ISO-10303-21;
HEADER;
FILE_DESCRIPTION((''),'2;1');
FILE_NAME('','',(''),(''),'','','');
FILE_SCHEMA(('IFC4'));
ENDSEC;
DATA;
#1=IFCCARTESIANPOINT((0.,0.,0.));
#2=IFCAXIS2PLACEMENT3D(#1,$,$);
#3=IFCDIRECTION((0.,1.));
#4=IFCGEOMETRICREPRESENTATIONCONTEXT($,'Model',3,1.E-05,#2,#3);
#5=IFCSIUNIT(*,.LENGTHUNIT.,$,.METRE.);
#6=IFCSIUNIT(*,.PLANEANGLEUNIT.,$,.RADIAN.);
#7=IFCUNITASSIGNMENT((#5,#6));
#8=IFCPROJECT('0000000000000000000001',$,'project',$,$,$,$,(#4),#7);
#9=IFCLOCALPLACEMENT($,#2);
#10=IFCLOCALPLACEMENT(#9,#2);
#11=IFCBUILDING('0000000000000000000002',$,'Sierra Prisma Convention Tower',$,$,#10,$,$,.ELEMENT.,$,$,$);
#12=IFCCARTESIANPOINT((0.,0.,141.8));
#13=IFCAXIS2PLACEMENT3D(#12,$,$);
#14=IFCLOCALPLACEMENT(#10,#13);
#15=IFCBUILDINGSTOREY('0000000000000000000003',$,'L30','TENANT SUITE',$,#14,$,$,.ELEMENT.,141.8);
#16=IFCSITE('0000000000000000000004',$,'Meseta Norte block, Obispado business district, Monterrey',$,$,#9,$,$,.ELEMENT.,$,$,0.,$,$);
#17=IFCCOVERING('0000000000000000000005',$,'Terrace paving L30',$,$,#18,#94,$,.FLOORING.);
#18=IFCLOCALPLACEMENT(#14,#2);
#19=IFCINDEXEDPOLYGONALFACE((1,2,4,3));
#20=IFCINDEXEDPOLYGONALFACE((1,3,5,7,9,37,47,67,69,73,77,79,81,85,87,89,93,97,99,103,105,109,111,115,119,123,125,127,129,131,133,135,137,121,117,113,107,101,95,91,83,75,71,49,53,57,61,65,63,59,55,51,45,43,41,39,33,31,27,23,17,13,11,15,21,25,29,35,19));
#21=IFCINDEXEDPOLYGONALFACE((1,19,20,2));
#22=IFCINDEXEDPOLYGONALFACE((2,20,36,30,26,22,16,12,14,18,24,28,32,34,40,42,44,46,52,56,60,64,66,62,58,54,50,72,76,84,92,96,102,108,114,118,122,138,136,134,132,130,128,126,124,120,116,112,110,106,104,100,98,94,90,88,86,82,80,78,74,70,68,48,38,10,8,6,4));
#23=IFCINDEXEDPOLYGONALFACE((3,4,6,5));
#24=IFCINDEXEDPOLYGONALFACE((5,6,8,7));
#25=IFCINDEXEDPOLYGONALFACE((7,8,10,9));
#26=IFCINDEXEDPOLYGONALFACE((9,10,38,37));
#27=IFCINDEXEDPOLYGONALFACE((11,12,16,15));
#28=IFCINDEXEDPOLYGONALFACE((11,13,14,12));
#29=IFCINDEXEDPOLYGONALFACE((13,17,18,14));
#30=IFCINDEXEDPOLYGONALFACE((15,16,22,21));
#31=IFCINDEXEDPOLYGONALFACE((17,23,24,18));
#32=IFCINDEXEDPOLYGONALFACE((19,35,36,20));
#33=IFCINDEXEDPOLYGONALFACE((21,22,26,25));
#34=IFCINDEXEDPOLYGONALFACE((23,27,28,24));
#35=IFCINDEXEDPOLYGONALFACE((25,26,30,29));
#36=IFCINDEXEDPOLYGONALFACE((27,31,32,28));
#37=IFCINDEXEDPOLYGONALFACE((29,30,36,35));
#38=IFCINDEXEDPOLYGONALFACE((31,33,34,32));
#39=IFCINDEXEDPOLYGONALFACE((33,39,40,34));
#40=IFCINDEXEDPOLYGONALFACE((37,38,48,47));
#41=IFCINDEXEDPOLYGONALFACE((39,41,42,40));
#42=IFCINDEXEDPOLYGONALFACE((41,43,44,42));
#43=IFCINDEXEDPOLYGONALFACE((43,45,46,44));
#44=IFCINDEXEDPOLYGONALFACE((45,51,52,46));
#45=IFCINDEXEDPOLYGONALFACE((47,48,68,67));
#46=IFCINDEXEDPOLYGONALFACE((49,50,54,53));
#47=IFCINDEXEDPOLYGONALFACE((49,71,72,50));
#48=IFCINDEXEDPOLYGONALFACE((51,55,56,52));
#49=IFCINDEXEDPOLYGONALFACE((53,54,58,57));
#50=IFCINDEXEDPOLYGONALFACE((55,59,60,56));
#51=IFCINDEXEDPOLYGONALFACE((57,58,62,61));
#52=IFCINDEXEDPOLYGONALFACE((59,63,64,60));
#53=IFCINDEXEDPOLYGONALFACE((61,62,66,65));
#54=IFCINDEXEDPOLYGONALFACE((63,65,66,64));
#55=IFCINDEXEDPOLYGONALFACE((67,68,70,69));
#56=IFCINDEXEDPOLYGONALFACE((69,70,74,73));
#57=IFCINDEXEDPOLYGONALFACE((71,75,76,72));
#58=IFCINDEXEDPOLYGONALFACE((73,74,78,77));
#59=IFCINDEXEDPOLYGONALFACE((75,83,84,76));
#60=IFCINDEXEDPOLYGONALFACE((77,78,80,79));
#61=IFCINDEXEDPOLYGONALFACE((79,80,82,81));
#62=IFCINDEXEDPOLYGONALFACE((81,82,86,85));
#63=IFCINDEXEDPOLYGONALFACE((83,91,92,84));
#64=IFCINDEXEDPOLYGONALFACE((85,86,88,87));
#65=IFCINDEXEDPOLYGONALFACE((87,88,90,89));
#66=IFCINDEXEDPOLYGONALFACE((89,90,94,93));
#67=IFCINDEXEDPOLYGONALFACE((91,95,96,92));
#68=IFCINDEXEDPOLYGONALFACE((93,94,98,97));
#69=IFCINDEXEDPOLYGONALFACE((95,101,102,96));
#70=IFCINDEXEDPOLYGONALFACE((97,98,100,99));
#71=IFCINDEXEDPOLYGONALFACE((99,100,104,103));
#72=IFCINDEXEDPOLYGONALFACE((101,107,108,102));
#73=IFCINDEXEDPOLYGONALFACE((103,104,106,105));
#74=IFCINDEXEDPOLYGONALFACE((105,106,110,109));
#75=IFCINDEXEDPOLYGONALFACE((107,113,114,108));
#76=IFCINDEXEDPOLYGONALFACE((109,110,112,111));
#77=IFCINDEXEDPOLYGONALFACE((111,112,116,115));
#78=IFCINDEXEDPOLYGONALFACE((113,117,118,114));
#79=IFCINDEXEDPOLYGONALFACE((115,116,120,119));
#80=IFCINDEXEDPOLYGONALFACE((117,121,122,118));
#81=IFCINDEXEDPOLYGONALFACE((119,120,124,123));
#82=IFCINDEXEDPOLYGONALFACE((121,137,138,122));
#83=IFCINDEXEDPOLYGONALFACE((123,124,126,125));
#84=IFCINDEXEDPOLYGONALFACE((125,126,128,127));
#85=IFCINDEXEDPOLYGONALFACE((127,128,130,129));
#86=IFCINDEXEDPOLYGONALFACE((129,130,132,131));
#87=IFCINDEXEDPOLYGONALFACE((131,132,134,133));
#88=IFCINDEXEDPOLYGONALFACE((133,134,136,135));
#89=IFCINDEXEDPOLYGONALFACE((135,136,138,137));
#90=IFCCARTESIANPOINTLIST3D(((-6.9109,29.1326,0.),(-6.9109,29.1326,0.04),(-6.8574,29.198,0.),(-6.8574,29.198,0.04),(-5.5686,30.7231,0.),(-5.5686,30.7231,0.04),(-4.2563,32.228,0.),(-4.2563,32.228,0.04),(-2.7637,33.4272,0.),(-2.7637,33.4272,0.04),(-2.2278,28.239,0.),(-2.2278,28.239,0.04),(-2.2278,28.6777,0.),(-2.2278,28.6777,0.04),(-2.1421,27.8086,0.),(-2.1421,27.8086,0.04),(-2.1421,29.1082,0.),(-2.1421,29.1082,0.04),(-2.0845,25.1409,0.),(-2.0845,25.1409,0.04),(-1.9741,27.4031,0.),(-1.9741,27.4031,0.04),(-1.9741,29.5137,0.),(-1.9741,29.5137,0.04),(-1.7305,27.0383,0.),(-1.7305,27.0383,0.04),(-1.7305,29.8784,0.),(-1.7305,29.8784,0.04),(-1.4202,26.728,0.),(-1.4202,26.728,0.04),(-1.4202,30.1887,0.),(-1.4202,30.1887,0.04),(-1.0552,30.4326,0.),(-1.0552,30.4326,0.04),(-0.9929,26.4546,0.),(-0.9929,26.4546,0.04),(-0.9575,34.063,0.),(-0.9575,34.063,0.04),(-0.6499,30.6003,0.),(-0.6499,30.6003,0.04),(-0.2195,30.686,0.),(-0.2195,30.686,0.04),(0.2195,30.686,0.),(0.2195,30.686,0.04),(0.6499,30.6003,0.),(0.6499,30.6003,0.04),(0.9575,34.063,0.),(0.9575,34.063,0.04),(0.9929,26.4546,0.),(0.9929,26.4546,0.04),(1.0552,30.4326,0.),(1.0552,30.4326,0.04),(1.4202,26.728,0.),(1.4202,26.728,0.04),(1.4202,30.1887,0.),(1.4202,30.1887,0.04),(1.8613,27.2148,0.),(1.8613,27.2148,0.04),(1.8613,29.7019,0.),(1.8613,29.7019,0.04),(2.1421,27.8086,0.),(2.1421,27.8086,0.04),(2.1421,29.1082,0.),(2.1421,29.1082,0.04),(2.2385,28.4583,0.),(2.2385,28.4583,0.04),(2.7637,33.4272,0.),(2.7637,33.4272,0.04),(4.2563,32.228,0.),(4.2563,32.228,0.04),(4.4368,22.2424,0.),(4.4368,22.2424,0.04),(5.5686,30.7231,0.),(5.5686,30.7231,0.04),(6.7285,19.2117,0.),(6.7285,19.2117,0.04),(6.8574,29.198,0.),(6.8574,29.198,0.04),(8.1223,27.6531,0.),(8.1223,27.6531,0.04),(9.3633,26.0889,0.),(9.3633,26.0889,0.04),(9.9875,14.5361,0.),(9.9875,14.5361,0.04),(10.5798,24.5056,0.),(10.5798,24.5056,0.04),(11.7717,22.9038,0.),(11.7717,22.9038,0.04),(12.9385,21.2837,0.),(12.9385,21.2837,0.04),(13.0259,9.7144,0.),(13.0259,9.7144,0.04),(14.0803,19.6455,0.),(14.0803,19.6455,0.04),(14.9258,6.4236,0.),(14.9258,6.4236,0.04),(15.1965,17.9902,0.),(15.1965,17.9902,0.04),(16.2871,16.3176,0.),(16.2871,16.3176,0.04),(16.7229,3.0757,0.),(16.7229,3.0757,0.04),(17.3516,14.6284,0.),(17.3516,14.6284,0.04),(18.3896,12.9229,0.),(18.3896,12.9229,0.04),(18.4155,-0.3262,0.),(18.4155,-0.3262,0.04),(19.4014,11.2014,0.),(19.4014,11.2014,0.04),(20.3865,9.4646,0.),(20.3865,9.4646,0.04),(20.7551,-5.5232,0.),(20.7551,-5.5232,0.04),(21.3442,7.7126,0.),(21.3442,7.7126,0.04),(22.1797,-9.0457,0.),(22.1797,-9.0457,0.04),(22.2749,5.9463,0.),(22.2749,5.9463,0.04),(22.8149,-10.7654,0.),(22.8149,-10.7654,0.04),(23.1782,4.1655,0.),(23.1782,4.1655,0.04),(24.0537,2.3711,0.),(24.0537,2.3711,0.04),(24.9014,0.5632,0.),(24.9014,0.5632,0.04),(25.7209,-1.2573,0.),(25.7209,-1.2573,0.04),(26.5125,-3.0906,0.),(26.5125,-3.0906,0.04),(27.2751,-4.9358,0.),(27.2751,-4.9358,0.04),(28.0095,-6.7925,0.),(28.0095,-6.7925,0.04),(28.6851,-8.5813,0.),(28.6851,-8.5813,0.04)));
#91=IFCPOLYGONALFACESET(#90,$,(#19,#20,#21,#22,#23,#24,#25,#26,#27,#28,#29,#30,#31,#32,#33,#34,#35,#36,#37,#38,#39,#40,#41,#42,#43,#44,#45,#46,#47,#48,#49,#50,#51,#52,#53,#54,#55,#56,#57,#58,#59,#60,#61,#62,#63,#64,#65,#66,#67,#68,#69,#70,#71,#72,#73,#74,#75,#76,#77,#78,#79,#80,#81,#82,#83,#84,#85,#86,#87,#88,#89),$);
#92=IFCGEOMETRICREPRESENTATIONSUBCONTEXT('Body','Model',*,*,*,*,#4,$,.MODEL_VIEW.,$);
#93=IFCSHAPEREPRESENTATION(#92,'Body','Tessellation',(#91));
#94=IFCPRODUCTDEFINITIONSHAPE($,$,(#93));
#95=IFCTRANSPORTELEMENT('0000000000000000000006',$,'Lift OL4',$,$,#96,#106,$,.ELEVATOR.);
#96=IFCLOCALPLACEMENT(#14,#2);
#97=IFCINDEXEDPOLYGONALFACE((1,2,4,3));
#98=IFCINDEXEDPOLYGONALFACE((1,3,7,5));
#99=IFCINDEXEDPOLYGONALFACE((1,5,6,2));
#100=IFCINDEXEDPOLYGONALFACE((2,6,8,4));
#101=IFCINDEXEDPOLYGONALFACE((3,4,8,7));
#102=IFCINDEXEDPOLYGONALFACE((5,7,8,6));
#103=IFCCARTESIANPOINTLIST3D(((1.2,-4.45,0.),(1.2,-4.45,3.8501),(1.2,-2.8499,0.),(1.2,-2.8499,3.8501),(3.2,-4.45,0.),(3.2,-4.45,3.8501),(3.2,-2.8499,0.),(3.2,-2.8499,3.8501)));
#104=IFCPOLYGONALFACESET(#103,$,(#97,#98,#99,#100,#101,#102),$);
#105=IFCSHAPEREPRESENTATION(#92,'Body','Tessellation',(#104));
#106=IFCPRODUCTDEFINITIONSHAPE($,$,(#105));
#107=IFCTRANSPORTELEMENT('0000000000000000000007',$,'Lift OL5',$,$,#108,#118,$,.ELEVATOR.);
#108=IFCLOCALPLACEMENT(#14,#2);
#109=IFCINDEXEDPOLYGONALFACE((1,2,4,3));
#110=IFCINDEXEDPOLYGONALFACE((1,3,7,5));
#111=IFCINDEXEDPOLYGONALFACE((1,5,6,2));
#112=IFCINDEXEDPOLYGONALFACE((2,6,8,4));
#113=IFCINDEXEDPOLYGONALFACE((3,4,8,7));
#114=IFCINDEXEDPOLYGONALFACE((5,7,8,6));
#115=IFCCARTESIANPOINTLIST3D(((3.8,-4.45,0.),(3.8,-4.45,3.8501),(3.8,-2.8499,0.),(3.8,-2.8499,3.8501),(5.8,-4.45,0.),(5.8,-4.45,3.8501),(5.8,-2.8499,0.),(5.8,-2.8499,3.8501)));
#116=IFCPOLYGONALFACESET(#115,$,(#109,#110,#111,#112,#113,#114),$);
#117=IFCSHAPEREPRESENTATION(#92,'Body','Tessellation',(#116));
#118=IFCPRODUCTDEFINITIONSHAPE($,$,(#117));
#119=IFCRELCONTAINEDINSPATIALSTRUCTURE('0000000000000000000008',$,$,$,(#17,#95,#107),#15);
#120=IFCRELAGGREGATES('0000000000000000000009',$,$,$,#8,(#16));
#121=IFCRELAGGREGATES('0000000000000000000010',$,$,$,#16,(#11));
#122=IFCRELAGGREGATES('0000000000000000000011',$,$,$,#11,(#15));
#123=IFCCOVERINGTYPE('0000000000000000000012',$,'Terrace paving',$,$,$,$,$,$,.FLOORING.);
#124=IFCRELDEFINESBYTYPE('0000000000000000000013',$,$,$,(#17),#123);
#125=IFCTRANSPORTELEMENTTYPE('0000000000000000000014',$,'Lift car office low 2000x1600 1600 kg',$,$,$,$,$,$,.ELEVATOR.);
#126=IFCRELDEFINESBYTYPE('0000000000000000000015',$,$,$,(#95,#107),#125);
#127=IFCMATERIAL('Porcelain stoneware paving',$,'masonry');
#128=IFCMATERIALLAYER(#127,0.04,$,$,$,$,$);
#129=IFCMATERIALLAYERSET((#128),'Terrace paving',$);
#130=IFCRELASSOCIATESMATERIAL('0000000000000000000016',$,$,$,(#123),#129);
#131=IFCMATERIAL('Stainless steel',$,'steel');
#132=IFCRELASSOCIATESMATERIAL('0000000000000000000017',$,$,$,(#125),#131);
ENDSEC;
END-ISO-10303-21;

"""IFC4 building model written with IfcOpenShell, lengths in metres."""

from ifc_helpers import new_model, si_unit, direction, frame, origin, origin_2d, place, context, subcontext, project, spatial, polyline, rectangle, outline, extrude, material, layer, layer_set, type_object, element, save


model = new_model("IFC4")

# Units and contexts
model_context = context("Model", 3, precision=1e-05, world=origin(), true_north=direction((0.0, 1.0)))
body_context = subcontext(model_context, "Body", "Model", "MODEL_VIEW")
ifc_project = project(units=[si_unit("LENGTHUNIT", "METRE"), si_unit("PLANEANGLEUNIT", "RADIAN")], contexts=[model_context])

# Site, building, storey
site_placement = place(None, origin())
site = spatial("IfcSite", under=ifc_project, at=site_placement, Name="Meseta Norte block, Obispado business district, Monterrey", CompositionType="ELEMENT", RefElevation=0.0)
building_placement = place(site_placement, origin())
building = spatial("IfcBuilding", under=site, at=building_placement, Name="Sierra Prisma Convention Tower", CompositionType="ELEMENT")
storey_placement = place(building_placement, frame((0.0, 0.0, 141.8)))
storey = spatial("IfcBuildingStorey", under=building, at=storey_placement, Name="L30", Description="TENANT SUITE", CompositionType="ELEMENT", Elevation=141.8)

# Covering
ifc_material_1 = material(Name="Porcelain stoneware paving", Category="masonry")
ifc_layer_1 = layer(ifc_material_1, 0.04)
ifc_layer_set_1 = layer_set([ifc_layer_1], Name="Terrace paving")
covering_type_1 = type_object("IfcCoveringType", Name="Terrace paving", PredefinedType="FLOORING", material=ifc_layer_set_1)
covering_1_placement = place(storey_placement, origin())
element("IfcCovering", 1, at=covering_1_placement, inside=storey, type_object=covering_type_1, Name="Terrace paving L30", PredefinedType="FLOORING", context=body_context, shape_type="SweptSolid", body=[
    extrude(outline(polyline([(28.6851, -8.5813), (28.0095, -6.7925), (27.2751, -4.9358), (26.5125, -3.0906), (25.7209, -1.2573), (24.9014, 0.5632), (24.0537, 2.3711), (23.1782, 4.1655), (22.2749, 5.9463), (21.3442, 7.7126), (20.3865, 9.4646), (19.4014, 11.2014), (18.3896, 12.9229), (17.3516, 14.6284), (16.2871, 16.3176), (15.1965, 17.9902), (14.0803, 19.6455), (12.9385, 21.2837), (11.7717, 22.9038), (10.5798, 24.5056), (9.3633, 26.0889), (8.1223, 27.6531), (6.8574, 29.198), (5.5686, 30.7231), (4.2563, 32.228), (2.7637, 33.4272), (0.9575, 34.063), (-0.9575, 34.063), (-2.7637, 33.4272), (-4.2563, 32.228), (-5.5686, 30.7231), (-6.8574, 29.198), (-6.9109, 29.1326), (-2.0845, 25.1409), (-0.9929, 26.4546), (-1.4202, 26.728), (-1.7305, 27.0383), (-1.9741, 27.4031), (-2.1421, 27.8086), (-2.2278, 28.239), (-2.2278, 28.6777), (-2.1421, 29.1082), (-1.9741, 29.5137), (-1.7305, 29.8784), (-1.4202, 30.1887), (-1.0552, 30.4326), (-0.6499, 30.6003), (-0.2195, 30.686), (0.2195, 30.686), (0.6499, 30.6003), (1.0552, 30.4326), (1.4202, 30.1887), (1.8613, 29.7019), (2.1421, 29.1082), (2.2385, 28.4583), (2.1421, 27.8086), (1.8613, 27.2148), (1.4202, 26.728), (0.9929, 26.4546), (4.4368, 22.2424), (6.7285, 19.2117), (9.9875, 14.5361), (13.0259, 9.7144), (14.9258, 6.4236), (16.7229, 3.0757), (18.4155, -0.3262), (20.7551, -5.5232), (22.1797, -9.0457), (22.8149, -10.7654), (28.6851, -8.5813)])), origin(), (0.0, 0.0, 1.0), 0.04),
])

# Transport elements
ifc_material_2 = material(Name="Stainless steel", Category="steel")
transport_element_type = type_object("IfcTransportElementType", Name="Lift car office low 2000x1600 1600 kg", PredefinedType="ELEVATOR", material=ifc_material_2)
for number, where, z_axis, x_axis, name in (
    (2, (2.2, -3.6499, 0.0), (0.0, 0.0, 1.0), (1.0, 0.0, 0.0), "Lift OL4"),
    (3, (4.8, -3.6499, 0.0), (0.0, 0.0, 1.0), (1.0, 0.0, 0.0), "Lift OL5"),
):
    element("IfcTransportElement", number, at=place(storey_placement, frame(where, z_axis=z_axis, x_axis=x_axis)), inside=storey, type_object=transport_element_type, Name=name, PredefinedType="ELEVATOR", context=body_context, shape_type="SweptSolid", body=[
        extrude(rectangle(XDim=2.0, YDim=1.6001, at=origin_2d()), origin(), (0.0, 0.0, 1.0), 3.8501),
    ])

save(model, "model.ifc")
